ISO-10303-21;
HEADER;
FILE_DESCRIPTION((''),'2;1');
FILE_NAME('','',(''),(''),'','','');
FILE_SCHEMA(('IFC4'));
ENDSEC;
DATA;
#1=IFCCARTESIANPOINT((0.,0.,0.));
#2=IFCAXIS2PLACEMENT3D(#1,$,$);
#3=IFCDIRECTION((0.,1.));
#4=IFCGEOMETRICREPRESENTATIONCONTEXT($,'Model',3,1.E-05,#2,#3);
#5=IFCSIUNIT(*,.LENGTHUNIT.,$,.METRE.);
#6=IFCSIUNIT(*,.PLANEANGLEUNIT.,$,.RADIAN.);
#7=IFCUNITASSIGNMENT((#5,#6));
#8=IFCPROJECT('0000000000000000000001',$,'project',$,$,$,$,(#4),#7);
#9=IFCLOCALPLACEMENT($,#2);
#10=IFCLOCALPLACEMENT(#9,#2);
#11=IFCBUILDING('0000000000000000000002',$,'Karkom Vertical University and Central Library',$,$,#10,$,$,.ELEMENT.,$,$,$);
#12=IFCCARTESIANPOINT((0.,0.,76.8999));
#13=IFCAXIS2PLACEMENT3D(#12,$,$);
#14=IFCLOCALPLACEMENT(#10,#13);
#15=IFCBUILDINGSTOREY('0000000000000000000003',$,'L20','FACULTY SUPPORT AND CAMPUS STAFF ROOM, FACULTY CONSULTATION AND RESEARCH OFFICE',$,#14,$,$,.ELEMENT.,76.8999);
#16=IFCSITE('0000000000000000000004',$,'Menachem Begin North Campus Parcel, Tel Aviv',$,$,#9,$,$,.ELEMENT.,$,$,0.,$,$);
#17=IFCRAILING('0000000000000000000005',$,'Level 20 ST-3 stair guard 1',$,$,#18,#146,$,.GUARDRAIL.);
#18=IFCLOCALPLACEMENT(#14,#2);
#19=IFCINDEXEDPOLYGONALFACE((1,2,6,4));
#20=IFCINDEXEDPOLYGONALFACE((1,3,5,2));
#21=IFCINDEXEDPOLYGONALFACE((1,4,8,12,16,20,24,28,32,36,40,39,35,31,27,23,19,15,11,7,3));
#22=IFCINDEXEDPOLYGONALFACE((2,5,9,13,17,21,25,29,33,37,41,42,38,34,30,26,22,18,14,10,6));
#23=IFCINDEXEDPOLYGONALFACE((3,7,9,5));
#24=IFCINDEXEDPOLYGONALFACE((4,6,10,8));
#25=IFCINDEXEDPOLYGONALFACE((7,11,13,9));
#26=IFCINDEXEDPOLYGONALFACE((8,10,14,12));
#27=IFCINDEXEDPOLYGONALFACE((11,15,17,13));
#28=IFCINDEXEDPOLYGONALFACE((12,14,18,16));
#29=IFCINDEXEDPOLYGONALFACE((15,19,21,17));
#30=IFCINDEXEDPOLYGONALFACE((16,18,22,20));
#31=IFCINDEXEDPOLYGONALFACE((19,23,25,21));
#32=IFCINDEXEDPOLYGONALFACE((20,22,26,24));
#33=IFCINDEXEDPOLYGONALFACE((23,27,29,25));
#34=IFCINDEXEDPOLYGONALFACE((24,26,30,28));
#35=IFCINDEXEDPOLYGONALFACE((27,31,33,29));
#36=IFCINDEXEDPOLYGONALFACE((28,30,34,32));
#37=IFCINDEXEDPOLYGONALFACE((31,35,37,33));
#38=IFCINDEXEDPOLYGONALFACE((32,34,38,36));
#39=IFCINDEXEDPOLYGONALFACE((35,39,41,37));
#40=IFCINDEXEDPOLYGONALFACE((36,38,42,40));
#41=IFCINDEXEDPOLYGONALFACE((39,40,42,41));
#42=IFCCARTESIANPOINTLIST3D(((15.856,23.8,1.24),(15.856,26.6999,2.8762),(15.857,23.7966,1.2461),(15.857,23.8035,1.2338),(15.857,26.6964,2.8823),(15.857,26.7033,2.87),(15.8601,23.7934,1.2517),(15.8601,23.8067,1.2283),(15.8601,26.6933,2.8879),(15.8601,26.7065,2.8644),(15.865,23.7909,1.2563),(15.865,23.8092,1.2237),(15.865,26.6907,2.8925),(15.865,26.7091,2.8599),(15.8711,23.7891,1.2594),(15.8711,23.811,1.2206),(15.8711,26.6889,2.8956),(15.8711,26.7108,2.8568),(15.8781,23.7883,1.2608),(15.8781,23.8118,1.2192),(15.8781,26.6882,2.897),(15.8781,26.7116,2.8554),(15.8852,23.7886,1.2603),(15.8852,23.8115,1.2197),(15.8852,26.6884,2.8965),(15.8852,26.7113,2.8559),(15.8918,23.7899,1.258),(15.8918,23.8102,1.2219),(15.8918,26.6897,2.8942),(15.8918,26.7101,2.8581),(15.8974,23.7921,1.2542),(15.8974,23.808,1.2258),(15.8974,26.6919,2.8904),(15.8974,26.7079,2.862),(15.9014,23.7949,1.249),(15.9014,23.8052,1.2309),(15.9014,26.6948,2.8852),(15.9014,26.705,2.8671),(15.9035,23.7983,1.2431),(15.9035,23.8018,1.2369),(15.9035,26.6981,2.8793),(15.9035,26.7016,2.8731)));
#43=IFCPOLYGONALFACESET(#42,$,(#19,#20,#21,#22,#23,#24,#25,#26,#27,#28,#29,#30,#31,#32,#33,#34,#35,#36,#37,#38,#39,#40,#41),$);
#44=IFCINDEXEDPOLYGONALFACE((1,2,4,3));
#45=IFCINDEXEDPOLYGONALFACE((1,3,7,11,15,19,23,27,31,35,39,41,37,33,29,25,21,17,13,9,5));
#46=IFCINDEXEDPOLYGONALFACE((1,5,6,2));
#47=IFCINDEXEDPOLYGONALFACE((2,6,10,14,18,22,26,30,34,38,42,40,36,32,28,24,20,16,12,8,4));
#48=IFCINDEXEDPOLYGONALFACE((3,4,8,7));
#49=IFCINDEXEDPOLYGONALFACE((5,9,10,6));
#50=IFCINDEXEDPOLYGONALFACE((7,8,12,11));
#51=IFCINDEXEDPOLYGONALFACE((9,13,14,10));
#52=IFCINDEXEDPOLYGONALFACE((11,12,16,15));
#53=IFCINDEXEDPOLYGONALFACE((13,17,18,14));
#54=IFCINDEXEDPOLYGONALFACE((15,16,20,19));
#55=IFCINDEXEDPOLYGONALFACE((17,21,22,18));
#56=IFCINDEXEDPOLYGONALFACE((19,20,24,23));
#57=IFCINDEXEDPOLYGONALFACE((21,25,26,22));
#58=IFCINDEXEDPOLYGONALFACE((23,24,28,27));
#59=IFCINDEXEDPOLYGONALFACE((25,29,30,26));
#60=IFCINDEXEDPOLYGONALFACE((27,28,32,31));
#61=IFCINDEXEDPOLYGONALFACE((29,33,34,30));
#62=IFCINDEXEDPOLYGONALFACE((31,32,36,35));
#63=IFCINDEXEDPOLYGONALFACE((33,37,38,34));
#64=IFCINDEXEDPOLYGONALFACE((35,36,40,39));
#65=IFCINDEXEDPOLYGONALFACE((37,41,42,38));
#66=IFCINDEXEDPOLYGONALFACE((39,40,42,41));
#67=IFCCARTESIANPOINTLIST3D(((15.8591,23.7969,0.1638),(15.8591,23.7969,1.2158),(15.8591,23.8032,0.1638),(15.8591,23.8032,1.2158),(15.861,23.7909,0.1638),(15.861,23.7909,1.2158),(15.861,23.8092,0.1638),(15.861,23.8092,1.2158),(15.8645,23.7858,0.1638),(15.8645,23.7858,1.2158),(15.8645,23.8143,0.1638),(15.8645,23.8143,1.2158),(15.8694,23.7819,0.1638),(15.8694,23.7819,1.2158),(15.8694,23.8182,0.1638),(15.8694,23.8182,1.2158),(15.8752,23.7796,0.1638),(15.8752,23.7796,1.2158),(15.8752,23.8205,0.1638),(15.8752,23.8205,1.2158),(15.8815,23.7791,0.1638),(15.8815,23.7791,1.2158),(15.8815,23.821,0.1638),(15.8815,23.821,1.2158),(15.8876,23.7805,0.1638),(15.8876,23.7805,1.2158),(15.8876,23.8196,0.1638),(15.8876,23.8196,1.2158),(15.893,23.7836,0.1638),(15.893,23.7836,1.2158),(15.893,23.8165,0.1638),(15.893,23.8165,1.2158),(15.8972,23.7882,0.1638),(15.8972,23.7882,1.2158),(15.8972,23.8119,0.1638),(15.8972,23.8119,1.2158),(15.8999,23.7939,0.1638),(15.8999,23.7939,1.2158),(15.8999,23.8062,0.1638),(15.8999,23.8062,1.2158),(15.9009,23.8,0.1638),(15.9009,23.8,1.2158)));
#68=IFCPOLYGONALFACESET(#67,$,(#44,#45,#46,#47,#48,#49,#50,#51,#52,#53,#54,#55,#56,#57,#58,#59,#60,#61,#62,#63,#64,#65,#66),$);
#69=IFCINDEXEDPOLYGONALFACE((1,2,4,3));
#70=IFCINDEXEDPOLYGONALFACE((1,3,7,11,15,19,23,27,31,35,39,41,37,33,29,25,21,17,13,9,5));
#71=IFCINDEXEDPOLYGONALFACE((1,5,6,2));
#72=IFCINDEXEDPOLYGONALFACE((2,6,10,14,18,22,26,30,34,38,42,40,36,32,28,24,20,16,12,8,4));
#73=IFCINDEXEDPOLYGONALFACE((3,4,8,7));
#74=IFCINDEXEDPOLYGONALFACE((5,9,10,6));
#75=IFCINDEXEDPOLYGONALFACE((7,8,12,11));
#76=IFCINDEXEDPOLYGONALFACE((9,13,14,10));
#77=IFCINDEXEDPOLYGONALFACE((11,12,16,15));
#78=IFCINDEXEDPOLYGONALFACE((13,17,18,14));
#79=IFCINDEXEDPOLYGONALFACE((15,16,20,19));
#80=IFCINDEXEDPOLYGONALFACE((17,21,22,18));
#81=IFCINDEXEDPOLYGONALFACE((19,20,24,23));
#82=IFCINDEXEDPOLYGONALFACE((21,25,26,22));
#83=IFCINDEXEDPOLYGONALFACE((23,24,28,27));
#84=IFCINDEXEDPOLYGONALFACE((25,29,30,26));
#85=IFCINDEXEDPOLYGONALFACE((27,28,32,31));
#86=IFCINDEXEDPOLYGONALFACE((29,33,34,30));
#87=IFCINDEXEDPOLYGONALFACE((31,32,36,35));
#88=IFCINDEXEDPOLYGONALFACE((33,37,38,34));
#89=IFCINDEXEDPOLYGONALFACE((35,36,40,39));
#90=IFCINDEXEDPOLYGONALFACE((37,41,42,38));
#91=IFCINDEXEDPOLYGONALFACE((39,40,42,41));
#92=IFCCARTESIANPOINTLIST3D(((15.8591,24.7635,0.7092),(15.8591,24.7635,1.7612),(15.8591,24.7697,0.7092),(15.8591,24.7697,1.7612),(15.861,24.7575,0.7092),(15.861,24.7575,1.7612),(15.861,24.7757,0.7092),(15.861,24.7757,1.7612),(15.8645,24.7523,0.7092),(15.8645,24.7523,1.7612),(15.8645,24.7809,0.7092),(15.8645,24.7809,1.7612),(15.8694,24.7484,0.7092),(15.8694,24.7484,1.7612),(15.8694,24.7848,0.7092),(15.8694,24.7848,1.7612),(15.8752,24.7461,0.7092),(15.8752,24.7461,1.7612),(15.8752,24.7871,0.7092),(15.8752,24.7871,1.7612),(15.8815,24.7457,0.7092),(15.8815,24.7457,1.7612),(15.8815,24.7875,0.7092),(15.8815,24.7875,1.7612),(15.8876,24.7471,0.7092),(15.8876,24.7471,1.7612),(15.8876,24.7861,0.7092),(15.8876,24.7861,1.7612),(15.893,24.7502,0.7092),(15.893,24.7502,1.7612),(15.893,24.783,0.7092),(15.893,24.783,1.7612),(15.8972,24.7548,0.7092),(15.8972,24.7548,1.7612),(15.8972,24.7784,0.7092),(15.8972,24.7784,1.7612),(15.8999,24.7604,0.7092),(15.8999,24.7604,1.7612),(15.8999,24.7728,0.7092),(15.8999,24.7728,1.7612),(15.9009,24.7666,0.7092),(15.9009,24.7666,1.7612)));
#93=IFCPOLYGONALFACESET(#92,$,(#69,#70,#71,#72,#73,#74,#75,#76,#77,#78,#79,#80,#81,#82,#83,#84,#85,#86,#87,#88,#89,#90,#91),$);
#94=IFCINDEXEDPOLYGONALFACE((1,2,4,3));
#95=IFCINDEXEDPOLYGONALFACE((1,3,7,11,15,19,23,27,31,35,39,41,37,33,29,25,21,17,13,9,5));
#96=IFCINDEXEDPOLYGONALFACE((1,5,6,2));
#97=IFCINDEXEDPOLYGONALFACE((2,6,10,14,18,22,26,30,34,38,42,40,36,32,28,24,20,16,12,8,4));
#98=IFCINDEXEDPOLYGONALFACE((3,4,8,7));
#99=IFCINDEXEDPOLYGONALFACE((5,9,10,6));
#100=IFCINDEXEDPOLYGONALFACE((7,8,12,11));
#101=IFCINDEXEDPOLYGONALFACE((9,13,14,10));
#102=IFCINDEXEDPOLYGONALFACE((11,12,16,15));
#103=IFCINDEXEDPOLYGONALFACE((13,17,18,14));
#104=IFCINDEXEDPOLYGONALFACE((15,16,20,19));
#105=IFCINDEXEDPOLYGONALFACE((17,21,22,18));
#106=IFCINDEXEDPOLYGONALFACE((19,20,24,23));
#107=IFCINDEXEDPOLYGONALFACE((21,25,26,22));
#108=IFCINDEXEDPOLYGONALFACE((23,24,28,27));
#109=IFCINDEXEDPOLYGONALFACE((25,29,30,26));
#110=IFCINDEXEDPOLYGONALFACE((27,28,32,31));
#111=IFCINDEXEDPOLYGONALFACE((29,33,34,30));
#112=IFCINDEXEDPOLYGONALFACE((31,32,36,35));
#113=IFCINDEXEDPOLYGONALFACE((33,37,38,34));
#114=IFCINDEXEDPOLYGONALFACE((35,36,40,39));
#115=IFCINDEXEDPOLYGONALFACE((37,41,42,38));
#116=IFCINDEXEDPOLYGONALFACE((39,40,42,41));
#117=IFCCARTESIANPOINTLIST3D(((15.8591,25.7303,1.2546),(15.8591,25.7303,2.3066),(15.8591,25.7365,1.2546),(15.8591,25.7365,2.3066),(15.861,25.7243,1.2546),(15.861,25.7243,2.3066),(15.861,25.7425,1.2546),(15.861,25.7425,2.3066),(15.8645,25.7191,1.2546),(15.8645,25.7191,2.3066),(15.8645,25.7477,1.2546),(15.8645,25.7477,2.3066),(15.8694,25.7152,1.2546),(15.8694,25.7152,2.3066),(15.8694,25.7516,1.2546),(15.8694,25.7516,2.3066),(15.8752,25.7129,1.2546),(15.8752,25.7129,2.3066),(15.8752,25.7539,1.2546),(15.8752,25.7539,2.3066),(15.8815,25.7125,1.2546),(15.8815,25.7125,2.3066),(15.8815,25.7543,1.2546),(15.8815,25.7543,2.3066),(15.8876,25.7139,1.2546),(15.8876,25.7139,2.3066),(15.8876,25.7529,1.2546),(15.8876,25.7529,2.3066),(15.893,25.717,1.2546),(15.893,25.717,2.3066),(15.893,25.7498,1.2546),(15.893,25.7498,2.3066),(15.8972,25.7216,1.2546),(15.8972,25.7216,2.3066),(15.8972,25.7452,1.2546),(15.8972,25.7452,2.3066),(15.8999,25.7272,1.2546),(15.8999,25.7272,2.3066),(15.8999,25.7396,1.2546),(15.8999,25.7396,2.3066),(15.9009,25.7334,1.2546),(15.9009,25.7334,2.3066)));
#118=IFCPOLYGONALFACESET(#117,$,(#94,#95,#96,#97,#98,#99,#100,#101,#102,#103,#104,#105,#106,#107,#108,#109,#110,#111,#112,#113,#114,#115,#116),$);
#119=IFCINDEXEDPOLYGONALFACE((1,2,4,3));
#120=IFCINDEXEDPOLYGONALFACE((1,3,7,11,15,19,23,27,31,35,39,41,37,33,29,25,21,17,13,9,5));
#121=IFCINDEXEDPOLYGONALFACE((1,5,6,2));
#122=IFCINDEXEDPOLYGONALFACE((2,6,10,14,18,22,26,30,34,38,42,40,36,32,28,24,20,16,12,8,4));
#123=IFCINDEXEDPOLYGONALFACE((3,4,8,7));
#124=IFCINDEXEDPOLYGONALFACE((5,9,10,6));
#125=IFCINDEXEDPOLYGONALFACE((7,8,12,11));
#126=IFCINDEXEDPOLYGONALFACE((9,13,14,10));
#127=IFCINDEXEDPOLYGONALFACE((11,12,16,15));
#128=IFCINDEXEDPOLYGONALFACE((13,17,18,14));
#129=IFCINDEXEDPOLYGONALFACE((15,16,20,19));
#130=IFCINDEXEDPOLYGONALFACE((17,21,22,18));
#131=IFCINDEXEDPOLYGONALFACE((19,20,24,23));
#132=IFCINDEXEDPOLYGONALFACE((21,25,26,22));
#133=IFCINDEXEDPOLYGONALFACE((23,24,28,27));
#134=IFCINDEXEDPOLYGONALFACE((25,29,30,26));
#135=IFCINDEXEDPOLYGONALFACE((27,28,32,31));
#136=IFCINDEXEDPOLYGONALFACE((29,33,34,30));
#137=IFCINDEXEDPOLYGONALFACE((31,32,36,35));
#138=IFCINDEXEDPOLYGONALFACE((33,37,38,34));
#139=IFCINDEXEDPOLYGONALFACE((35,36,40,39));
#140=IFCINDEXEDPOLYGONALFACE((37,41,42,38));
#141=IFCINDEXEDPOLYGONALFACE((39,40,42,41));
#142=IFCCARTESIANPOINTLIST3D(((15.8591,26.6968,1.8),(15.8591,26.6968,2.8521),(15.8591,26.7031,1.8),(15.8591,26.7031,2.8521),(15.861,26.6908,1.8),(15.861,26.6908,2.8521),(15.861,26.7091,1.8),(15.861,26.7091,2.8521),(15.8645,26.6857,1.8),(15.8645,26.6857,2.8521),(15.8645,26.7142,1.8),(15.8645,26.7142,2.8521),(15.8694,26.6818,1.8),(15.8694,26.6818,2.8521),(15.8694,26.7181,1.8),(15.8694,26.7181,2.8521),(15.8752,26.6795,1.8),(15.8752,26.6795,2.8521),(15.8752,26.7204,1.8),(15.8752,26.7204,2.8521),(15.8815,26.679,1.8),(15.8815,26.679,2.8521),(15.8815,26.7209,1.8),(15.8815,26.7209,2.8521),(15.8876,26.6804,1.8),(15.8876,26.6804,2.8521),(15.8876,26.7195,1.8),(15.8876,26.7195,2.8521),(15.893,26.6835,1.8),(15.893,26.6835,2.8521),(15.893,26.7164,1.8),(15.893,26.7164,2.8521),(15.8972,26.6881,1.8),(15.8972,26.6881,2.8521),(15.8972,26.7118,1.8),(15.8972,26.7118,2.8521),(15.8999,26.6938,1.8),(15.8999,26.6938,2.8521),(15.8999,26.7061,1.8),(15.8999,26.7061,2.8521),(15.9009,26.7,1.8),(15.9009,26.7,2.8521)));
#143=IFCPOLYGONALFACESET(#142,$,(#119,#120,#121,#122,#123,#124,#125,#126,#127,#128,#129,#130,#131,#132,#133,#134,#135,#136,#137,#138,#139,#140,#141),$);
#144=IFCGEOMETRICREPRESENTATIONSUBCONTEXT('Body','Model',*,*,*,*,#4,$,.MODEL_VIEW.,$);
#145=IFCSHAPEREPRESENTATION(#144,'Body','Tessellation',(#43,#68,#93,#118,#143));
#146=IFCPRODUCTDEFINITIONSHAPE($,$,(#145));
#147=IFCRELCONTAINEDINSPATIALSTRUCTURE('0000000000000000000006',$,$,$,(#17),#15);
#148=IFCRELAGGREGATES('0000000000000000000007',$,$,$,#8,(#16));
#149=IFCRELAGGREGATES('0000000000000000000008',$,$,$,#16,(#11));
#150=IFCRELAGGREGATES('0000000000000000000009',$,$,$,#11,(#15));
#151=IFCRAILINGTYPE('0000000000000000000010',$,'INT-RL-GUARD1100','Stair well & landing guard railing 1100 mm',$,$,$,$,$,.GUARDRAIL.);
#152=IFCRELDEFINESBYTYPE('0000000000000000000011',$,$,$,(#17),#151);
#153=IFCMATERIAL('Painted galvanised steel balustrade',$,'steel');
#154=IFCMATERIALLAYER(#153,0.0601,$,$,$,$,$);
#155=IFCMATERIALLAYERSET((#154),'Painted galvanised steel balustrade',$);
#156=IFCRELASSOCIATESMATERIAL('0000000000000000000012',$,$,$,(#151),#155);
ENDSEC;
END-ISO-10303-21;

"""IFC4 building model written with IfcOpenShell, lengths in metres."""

from ifc_helpers import new_model, si_unit, direction, frame, origin, origin_2d, place, context, subcontext, project, spatial, circle, extrude, material, layer, layer_set, type_object, element, save


model = new_model("IFC4")

# Units and contexts
model_context = context("Model", 3, precision=1e-05, world=origin(), true_north=direction((0.0, 1.0)))
body_context = subcontext(model_context, "Body", "Model", "MODEL_VIEW")
ifc_project = project(units=[si_unit("LENGTHUNIT", "METRE"), si_unit("PLANEANGLEUNIT", "RADIAN")], contexts=[model_context])

# Site, building, storey
site_placement = place(None, origin())
site = spatial("IfcSite", under=ifc_project, at=site_placement, Name="Menachem Begin North Campus Parcel, Tel Aviv", CompositionType="ELEMENT", RefElevation=0.0)
building_placement = place(site_placement, origin())
building = spatial("IfcBuilding", under=site, at=building_placement, Name="Karkom Vertical University and Central Library", CompositionType="ELEMENT")
storey_placement = place(building_placement, frame((0.0, 0.0, 76.8999)))
storey = spatial("IfcBuildingStorey", under=building, at=storey_placement, Name="L20", Description="FACULTY SUPPORT AND CAMPUS STAFF ROOM, FACULTY CONSULTATION AND RESEARCH OFFICE", CompositionType="ELEMENT", Elevation=76.8999)

# Railing
ifc_material_1 = material(Name="Painted galvanised steel balustrade", Category="steel")
ifc_layer_1 = layer(ifc_material_1, 0.0601)
ifc_layer_set_1 = layer_set([ifc_layer_1], Name="Painted galvanised steel balustrade")
railing_type_1 = type_object("IfcRailingType", Name="INT-RL-GUARD1100", Description="Stair well & landing guard railing 1100 mm", PredefinedType="GUARDRAIL", material=ifc_layer_set_1)
railing_1_placement = place(storey_placement, frame((15.8799, 23.8, 0.1638)))
element("IfcRailing", 1, at=railing_1_placement, inside=storey, type_object=railing_type_1, Name="Level 20 ST-3 stair guard 1", PredefinedType="GUARDRAIL", context=body_context, shape_type="SweptSolid", body=[
    extrude(circle(Radius=0.0239, at=origin_2d()), frame((0.0, 0.0, 1.0762), z_axis=(0.0, 0.870929, 0.49141), x_axis=(-1.0, 0.0, 0.0)), (0.0, 0.0, 1.0), 3.3296),
    extrude(circle(Radius=0.021, at=origin_2d()), origin(), (0.0, 0.0, 1.0), 1.052),
    extrude(circle(Radius=0.021, at=origin_2d()), frame((0.0, 0.9666, 0.5454)), (0.0, 0.0, 1.0), 1.052),
    extrude(circle(Radius=0.021, at=origin_2d()), frame((0.0, 1.9333, 1.0908)), (0.0, 0.0, 1.0), 1.052),
    extrude(circle(Radius=0.021, at=origin_2d()), frame((0.0, 2.8999, 1.6362)), (0.0, 0.0, 1.0), 1.052),
])

save(model, "model.ifc")
